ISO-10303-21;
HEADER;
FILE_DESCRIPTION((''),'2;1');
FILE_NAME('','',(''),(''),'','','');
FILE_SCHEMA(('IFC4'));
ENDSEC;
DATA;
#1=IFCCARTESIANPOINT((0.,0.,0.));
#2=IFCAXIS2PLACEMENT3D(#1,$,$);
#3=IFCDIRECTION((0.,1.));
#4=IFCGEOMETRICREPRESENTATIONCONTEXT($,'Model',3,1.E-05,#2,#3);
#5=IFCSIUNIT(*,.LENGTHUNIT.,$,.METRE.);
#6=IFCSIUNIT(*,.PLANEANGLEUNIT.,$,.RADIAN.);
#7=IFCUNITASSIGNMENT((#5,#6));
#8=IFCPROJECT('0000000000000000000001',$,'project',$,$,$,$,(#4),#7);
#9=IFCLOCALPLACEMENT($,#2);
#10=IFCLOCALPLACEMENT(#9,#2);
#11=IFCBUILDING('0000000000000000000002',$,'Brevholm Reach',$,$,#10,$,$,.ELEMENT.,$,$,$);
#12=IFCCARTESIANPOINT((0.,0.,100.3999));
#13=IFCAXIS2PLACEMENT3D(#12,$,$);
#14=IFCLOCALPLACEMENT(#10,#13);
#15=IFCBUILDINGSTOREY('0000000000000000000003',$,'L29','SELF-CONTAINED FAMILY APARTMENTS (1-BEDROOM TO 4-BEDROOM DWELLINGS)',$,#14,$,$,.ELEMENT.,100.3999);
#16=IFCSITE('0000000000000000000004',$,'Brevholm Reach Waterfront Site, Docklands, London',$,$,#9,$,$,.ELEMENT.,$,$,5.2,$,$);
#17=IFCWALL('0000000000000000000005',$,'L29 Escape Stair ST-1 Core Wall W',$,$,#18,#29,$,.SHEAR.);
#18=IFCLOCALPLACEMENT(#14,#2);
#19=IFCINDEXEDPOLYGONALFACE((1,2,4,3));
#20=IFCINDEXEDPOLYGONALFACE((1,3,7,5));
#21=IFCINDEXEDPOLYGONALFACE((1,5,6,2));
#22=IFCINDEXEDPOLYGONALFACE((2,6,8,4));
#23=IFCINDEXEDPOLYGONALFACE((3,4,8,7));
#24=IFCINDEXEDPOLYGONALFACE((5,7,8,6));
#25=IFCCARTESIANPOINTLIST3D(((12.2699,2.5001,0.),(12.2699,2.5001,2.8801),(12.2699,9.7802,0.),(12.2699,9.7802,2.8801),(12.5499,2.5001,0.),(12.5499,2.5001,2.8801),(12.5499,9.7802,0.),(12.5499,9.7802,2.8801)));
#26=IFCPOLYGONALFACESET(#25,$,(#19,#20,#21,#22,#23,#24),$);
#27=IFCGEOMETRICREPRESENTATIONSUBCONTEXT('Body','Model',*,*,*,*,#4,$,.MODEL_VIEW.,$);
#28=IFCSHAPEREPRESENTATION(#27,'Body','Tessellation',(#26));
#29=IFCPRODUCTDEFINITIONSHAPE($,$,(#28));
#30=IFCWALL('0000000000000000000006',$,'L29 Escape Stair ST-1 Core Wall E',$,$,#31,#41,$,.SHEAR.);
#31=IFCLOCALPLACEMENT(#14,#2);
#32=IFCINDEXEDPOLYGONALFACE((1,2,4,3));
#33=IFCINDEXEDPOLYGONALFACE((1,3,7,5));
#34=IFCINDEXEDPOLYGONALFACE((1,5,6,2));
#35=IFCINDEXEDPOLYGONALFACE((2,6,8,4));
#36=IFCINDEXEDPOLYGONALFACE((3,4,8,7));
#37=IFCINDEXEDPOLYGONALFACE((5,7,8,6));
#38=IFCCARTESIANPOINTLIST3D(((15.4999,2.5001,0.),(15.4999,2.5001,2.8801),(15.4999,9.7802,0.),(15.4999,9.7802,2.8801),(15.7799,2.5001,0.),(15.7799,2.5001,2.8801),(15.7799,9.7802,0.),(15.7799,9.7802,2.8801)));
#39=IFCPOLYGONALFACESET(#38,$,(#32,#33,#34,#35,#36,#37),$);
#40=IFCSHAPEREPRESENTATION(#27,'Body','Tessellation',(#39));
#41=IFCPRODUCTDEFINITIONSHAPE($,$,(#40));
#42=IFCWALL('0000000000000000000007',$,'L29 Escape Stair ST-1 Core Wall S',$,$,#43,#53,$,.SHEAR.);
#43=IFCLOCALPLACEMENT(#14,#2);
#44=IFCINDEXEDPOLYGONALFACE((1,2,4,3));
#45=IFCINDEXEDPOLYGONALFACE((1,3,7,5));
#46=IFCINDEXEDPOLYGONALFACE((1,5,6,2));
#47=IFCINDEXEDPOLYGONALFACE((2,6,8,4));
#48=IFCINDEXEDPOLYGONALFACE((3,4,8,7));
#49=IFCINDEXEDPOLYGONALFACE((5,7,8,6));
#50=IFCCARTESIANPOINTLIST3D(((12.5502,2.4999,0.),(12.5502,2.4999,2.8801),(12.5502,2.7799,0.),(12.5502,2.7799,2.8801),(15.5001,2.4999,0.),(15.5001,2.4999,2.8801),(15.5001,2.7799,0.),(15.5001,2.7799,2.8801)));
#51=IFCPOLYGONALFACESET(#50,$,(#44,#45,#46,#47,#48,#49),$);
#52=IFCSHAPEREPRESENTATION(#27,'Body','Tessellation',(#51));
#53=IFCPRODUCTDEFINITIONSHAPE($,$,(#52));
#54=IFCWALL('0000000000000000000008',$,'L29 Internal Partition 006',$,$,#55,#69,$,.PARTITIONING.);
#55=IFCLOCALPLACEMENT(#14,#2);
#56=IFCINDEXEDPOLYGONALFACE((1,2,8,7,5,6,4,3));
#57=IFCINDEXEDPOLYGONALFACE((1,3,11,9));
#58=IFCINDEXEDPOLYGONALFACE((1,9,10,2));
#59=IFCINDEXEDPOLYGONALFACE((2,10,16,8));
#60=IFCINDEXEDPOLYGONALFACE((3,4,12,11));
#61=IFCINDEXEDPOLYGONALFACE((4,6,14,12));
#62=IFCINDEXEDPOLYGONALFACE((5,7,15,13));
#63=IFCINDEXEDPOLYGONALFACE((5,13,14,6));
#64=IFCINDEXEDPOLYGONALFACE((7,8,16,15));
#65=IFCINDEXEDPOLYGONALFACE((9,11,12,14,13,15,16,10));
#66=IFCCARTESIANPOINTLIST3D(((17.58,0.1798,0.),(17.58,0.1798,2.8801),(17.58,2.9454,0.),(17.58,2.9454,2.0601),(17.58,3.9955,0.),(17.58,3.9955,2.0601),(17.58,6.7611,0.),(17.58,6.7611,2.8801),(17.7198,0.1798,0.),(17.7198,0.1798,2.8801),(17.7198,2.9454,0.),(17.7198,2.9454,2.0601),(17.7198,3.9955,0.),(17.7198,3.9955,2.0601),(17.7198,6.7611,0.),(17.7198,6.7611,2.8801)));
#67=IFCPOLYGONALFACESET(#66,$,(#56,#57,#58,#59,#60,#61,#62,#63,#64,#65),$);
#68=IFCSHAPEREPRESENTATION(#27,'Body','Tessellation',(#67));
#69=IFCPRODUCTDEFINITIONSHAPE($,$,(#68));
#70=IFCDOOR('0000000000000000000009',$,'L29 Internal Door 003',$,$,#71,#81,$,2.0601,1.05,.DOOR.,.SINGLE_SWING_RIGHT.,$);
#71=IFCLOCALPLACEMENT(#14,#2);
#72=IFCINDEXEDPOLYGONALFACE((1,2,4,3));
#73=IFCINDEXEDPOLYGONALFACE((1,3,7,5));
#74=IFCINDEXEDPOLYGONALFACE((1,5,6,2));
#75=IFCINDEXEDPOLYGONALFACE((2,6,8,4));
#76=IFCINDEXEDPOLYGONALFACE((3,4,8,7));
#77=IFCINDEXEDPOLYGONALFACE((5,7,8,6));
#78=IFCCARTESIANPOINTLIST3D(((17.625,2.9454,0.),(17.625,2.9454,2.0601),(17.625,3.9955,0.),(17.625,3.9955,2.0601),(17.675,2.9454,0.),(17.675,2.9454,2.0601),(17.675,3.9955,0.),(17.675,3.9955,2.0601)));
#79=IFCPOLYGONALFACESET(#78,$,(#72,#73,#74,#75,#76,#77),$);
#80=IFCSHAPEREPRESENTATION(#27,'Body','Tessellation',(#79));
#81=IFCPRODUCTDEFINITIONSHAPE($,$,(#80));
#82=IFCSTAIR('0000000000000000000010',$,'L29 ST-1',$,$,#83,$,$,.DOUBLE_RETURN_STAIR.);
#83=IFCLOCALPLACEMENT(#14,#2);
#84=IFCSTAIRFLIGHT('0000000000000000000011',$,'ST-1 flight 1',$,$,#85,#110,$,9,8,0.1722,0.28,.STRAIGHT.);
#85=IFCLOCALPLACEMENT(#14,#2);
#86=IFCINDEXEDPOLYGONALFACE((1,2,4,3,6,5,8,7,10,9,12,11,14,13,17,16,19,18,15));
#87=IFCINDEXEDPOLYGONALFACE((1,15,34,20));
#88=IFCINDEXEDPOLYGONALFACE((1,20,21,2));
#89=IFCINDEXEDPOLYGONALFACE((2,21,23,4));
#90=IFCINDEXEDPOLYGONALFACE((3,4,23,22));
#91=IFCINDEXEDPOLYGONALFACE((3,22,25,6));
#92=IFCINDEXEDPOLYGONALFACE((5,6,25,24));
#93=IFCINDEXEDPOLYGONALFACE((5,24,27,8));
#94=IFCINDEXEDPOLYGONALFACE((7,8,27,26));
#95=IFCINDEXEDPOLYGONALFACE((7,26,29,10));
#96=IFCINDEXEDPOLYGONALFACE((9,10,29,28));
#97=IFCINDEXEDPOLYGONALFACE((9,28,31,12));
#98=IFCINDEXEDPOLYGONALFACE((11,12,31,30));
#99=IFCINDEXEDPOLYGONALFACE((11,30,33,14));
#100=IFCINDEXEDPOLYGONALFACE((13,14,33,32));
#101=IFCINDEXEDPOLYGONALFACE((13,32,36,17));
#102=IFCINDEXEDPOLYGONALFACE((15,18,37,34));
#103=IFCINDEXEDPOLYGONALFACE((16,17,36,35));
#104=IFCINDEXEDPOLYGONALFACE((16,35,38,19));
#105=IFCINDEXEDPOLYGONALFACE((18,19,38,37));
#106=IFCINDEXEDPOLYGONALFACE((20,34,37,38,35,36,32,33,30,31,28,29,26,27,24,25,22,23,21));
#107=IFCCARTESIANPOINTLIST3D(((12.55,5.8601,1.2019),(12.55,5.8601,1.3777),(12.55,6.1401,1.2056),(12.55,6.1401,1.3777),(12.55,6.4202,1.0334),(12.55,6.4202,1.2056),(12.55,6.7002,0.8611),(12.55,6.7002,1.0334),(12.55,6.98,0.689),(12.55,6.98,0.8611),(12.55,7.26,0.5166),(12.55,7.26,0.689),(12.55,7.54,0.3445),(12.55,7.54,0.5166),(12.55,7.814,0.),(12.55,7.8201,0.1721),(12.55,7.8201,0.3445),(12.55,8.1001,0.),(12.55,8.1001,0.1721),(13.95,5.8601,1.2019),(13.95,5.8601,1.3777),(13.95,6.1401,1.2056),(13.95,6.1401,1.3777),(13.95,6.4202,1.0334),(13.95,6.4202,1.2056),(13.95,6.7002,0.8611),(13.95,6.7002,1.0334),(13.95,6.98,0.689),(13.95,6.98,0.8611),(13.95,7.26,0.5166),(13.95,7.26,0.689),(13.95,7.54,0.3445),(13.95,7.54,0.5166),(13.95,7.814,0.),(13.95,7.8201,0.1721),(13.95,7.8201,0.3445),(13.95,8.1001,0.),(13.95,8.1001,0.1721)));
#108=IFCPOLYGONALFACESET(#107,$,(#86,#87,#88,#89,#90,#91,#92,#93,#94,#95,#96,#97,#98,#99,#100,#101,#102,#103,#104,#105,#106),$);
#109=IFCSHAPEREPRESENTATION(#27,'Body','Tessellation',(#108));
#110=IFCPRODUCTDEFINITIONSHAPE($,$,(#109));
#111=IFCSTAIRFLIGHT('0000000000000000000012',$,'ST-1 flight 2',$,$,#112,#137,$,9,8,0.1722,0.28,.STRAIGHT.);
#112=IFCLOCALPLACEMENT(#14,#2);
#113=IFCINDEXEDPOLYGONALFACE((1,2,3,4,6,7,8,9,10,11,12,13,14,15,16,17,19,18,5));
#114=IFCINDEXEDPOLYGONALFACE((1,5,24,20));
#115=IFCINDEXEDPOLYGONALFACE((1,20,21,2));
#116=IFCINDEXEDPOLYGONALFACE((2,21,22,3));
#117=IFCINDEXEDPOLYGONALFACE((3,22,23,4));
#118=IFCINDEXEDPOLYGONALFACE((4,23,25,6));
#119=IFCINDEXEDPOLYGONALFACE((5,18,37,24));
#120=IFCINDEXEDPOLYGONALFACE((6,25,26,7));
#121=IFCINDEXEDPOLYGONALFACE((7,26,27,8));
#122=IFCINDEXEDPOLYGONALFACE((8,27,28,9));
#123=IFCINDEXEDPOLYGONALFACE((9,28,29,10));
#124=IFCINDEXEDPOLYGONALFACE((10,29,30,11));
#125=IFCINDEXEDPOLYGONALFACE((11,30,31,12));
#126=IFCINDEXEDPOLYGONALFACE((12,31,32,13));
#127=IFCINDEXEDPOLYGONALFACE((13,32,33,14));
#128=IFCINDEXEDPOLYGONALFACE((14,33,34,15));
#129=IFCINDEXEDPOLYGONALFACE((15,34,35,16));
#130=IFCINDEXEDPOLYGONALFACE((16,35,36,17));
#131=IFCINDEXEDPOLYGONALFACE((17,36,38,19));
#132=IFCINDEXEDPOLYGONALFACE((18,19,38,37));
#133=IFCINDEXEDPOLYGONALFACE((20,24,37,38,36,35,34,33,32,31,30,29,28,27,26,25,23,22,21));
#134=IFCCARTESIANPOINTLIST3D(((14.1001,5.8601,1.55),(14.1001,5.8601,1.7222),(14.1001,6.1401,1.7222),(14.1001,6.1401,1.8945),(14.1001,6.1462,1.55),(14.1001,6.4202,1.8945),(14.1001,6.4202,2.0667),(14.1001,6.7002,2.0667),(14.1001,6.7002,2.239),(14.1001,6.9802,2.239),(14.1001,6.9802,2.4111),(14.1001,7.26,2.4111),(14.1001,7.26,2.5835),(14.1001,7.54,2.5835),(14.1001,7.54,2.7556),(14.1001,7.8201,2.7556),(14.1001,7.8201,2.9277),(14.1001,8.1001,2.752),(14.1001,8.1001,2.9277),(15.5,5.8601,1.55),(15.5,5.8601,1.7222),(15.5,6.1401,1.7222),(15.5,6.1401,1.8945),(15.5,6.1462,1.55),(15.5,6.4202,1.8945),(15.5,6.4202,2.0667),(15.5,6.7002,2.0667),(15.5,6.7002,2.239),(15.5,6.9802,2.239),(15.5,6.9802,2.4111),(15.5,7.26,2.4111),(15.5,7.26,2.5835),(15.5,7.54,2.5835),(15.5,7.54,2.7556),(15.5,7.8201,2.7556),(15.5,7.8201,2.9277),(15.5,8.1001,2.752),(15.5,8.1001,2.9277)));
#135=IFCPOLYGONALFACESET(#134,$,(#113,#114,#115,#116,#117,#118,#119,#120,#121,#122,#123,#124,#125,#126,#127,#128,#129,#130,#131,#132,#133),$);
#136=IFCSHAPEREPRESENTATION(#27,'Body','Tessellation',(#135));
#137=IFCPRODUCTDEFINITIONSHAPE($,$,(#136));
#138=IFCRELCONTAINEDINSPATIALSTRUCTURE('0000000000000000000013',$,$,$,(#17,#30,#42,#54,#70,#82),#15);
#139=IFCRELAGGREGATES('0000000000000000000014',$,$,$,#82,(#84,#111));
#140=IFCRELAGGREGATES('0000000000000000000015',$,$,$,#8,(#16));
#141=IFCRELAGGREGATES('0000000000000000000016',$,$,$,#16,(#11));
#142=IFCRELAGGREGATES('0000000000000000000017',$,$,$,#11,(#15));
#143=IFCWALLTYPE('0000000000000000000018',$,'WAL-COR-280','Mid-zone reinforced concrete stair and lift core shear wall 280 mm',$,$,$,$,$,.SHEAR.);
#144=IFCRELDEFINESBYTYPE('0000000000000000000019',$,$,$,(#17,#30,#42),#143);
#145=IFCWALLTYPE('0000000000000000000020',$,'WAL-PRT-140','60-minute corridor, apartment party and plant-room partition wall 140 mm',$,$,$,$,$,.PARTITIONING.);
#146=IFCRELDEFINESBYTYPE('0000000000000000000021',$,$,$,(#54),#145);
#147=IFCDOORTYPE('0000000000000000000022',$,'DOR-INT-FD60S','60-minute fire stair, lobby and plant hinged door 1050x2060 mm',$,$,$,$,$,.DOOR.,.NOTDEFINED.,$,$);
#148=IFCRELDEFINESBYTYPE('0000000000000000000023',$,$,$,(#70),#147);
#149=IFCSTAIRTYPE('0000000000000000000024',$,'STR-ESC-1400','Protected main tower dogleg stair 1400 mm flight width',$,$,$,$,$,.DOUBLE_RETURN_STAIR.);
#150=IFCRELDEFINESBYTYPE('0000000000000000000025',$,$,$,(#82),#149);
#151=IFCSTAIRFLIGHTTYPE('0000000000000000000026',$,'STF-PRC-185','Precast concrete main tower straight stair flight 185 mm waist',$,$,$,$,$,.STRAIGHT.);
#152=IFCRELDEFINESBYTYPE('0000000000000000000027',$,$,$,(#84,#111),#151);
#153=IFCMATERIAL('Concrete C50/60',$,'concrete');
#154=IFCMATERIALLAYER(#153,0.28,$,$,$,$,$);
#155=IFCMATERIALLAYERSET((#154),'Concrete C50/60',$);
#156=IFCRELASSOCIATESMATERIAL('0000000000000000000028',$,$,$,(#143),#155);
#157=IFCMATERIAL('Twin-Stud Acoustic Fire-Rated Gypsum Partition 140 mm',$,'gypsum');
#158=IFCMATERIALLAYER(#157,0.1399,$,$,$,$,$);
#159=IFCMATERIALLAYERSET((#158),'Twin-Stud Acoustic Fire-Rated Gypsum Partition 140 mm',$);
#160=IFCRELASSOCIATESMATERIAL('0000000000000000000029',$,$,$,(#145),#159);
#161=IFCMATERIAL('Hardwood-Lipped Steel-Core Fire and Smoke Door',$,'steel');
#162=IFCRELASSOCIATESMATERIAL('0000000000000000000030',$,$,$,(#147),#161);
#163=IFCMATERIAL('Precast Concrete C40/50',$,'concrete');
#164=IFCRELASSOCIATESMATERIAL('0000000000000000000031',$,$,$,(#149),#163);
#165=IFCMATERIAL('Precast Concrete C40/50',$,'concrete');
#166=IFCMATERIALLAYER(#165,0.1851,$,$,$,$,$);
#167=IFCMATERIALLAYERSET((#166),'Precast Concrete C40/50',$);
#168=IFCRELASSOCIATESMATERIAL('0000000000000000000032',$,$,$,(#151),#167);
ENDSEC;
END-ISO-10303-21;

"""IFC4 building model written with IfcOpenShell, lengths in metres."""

from ifc_helpers import new_model, si_unit, direction, frame, frame_2d, origin, place, context, subcontext, project, spatial, polyline, rectangle, outline, extrude, material, layer, layer_set, type_object, element, fill, aggregate, save


model = new_model("IFC4")

# Units and contexts
model_context = context("Model", 3, precision=1e-05, world=origin(), true_north=direction((0.0, 1.0)))
body_context = subcontext(model_context, "Body", "Model", "MODEL_VIEW")
ifc_project = project(units=[si_unit("LENGTHUNIT", "METRE"), si_unit("PLANEANGLEUNIT", "RADIAN")], contexts=[model_context])

# Site, building, storey
site_placement = place(None, origin())
site = spatial("IfcSite", under=ifc_project, at=site_placement, Name="Brevholm Reach Waterfront Site, Docklands, London", CompositionType="ELEMENT", RefElevation=5.2)
building_placement = place(site_placement, origin())
building = spatial("IfcBuilding", under=site, at=building_placement, Name="Brevholm Reach", CompositionType="ELEMENT")
storey_placement = place(building_placement, frame((0.0, 0.0, 100.3999)))
storey = spatial("IfcBuildingStorey", under=building, at=storey_placement, Name="L29", Description="SELF-CONTAINED FAMILY APARTMENTS (1-BEDROOM TO 4-BEDROOM DWELLINGS)", CompositionType="ELEMENT", Elevation=100.3999)

# Walls
ifc_material_1 = material(Name="Concrete C50/60", Category="concrete")
ifc_layer_1 = layer(ifc_material_1, 0.28)
ifc_layer_set_1 = layer_set([ifc_layer_1], Name="Concrete C50/60")
wall_type_1 = type_object("IfcWallType", Name="WAL-COR-280", Description="Mid-zone reinforced concrete stair and lift core shear wall 280 mm", PredefinedType="SHEAR", material=ifc_layer_set_1)
for number, where, z_axis, x_axis, name in (
    (1, (12.4099, 2.5, 0.0), (0.0, 0.0, 1.0), (0.0, 1.0, 0.0), "L29 Escape Stair ST-1 Core Wall W"),
    (2, (15.6399, 2.5, 0.0), (0.0, 0.0, 1.0), (0.0, 1.0, 0.0), "L29 Escape Stair ST-1 Core Wall E"),
):
    element("IfcWall", number, at=place(storey_placement, frame(where, z_axis=z_axis, x_axis=x_axis)), inside=storey, type_object=wall_type_1, Name=name, PredefinedType="SHEAR", context=body_context, shape_type="SweptSolid", body=[
        extrude(rectangle(XDim=7.28, YDim=0.28, at=frame_2d((3.6401, 0.0))), origin(), (0.0, 0.0, 1.0), 2.8801),
    ])
wall_1_placement = place(storey_placement, frame((12.55, 2.6399, 0.0), z_axis=(0.0, 0.0, 1.0), x_axis=(1.0, 0.0, 0.0)))
element("IfcWall", 3, at=wall_1_placement, inside=storey, type_object=wall_type_1, Name="L29 Escape Stair ST-1 Core Wall S", PredefinedType="SHEAR", context=body_context, shape_type="SweptSolid", body=[
    extrude(rectangle(XDim=2.95, YDim=0.28, at=frame_2d((1.4751, 0.0))), origin(), (0.0, 0.0, 1.0), 2.8801),
])

# Wall, opening, door
ifc_material_2 = material(Name="Twin-Stud Acoustic Fire-Rated Gypsum Partition 140 mm", Category="gypsum")
ifc_layer_2 = layer(ifc_material_2, 0.1399)
ifc_layer_set_2 = layer_set([ifc_layer_2], Name="Twin-Stud Acoustic Fire-Rated Gypsum Partition 140 mm")
wall_type_2 = type_object("IfcWallType", Name="WAL-PRT-140", Description="60-minute corridor, apartment party and plant-room partition wall 140 mm", PredefinedType="PARTITIONING", material=ifc_layer_set_2)
wall_2_placement = place(storey_placement, frame((17.6499, 0.1799, 0.0), z_axis=(0.0, 0.0, 1.0), x_axis=(0.0, 1.0, 0.0)))
wall_2 = element("IfcWall", 4, at=wall_2_placement, inside=storey, type_object=wall_type_2, Name="L29 Internal Partition 006", PredefinedType="PARTITIONING", context=body_context, shape_type="SweptSolid", body=[
    extrude(rectangle(XDim=6.5813, YDim=0.1399, at=frame_2d((3.2905, 0.0))), origin(), (0.0, 0.0, 1.0), 2.8801),
])
opening_placement = place(wall_2_placement, frame((2.7656, 0.0, 0.0)))
opening = element("IfcOpeningElement", 5, at=opening_placement, cuts=wall_2, PredefinedType="OPENING", context=body_context, shape_type="SweptSolid", body=[
    extrude(rectangle(XDim=1.05, YDim=2.0601, at=frame_2d((0.5249, 1.03))), frame((0.0, 0.0798, 0.0), z_axis=(0.0, -1.0, 0.0), x_axis=(1.0, 0.0, 0.0)), (0.0, 0.0, 1.0), 0.1599),
])
ifc_material_3 = material(Name="Hardwood-Lipped Steel-Core Fire and Smoke Door", Category="steel")
door_type = type_object("IfcDoorType", Name="DOR-INT-FD60S", Description="60-minute fire stair, lobby and plant hinged door 1050x2060 mm", OperationType="NOTDEFINED", PredefinedType="DOOR", material=ifc_material_3)
door_placement = place(opening_placement, origin())
door = element("IfcDoor", 6, at=door_placement, inside=storey, type_object=door_type, Name="L29 Internal Door 003", OperationType="SINGLE_SWING_RIGHT", OverallHeight=2.0601, OverallWidth=1.05, PredefinedType="DOOR", context=body_context, shape_type="SweptSolid", body=[
    extrude(rectangle(XDim=1.05, YDim=2.0601, at=frame_2d((0.5249, 1.03))), frame((0.0, 0.0249, 0.0), z_axis=(0.0, -1.0, 0.0), x_axis=(1.0, 0.0, 0.0)), (0.0, 0.0, 1.0), 0.05),
])
fill(opening, door)

# Stair, stair flights
ifc_material_4 = material(Name="Precast Concrete C40/50", Category="concrete")
stair_type = type_object("IfcStairType", Name="STR-ESC-1400", Description="Protected main tower dogleg stair 1400 mm flight width", PredefinedType="DOUBLE_RETURN_STAIR", material=ifc_material_4)
stair_placement = place(storey_placement, origin())
stair = element("IfcStair", 7, at=stair_placement, inside=storey, type_object=stair_type, Name="L29 ST-1", PredefinedType="DOUBLE_RETURN_STAIR")
ifc_material_5 = material(Name="Precast Concrete C40/50", Category="concrete")
ifc_layer_3 = layer(ifc_material_5, 0.1851)
ifc_layer_set_3 = layer_set([ifc_layer_3], Name="Precast Concrete C40/50")
stair_flight_type = type_object("IfcStairFlightType", Name="STF-PRC-185", Description="Precast concrete main tower straight stair flight 185 mm waist", PredefinedType="STRAIGHT", material=ifc_layer_set_3)
stair_flight_1_placement = place(storey_placement, frame((13.25, 8.1001, 0.0), z_axis=(0.0, 0.0, 1.0), x_axis=(0.0, -1.0, 0.0)))
stair_flight_1 = element("IfcStairFlight", 8, at=stair_flight_1_placement, type_object=stair_flight_type, Name="ST-1 flight 1", NumberOfRisers=9, NumberOfTreads=8, PredefinedType="STRAIGHT", RiserHeight=0.1722, TreadLength=0.28, context=body_context, shape_type="SweptSolid", body=[
    extrude(outline(polyline([(0.0, 0.0), (0.0, 0.1721), (0.28, 0.1721), (0.28, 0.3445), (0.5601, 0.3445), (0.5601, 0.5166), (0.8401, 0.5166), (0.8401, 0.689), (1.1201, 0.689), (1.1201, 0.8611), (1.3999, 0.8611), (1.3999, 1.0334), (1.6799, 1.0334), (1.6799, 1.2056), (1.96, 1.2056), (1.96, 1.3777), (2.24, 1.3777), (2.24, 1.55), (2.24, 1.2019), (0.2861, 0.0), (0.0, 0.0)])), frame((0.0, 0.7, 0.0), z_axis=(0.0, -1.0, 0.0), x_axis=(1.0, 0.0, 0.0)), (0.0, 0.0, 1.0), 1.3999),
])
stair_flight_2_placement = place(storey_placement, frame((14.8, 5.8601, 1.55), z_axis=(0.0, 0.0, 1.0), x_axis=(0.0, 1.0, 0.0)))
stair_flight_2 = element("IfcStairFlight", 9, at=stair_flight_2_placement, type_object=stair_flight_type, Name="ST-1 flight 2", NumberOfRisers=9, NumberOfTreads=8, PredefinedType="STRAIGHT", RiserHeight=0.1722, TreadLength=0.28, context=body_context, shape_type="SweptSolid", body=[
    extrude(outline(polyline([(0.0, 0.0), (0.0, 0.1721), (0.28, 0.1721), (0.28, 0.3445), (0.5601, 0.3445), (0.5601, 0.5166), (0.8401, 0.5166), (0.8401, 0.689), (1.1201, 0.689), (1.1201, 0.8611), (1.3999, 0.8611), (1.3999, 1.0334), (1.6799, 1.0334), (1.6799, 1.2056), (1.96, 1.2056), (1.96, 1.3777), (2.24, 1.3777), (2.24, 1.55), (2.24, 1.2019), (0.2861, 0.0), (0.0, 0.0)])), frame((0.0, 0.7, 0.0), z_axis=(0.0, -1.0, 0.0), x_axis=(1.0, 0.0, 0.0)), (0.0, 0.0, 1.0), 1.3999),
])
aggregate(stair, [stair_flight_1, stair_flight_2])

save(model, "model.ifc")
